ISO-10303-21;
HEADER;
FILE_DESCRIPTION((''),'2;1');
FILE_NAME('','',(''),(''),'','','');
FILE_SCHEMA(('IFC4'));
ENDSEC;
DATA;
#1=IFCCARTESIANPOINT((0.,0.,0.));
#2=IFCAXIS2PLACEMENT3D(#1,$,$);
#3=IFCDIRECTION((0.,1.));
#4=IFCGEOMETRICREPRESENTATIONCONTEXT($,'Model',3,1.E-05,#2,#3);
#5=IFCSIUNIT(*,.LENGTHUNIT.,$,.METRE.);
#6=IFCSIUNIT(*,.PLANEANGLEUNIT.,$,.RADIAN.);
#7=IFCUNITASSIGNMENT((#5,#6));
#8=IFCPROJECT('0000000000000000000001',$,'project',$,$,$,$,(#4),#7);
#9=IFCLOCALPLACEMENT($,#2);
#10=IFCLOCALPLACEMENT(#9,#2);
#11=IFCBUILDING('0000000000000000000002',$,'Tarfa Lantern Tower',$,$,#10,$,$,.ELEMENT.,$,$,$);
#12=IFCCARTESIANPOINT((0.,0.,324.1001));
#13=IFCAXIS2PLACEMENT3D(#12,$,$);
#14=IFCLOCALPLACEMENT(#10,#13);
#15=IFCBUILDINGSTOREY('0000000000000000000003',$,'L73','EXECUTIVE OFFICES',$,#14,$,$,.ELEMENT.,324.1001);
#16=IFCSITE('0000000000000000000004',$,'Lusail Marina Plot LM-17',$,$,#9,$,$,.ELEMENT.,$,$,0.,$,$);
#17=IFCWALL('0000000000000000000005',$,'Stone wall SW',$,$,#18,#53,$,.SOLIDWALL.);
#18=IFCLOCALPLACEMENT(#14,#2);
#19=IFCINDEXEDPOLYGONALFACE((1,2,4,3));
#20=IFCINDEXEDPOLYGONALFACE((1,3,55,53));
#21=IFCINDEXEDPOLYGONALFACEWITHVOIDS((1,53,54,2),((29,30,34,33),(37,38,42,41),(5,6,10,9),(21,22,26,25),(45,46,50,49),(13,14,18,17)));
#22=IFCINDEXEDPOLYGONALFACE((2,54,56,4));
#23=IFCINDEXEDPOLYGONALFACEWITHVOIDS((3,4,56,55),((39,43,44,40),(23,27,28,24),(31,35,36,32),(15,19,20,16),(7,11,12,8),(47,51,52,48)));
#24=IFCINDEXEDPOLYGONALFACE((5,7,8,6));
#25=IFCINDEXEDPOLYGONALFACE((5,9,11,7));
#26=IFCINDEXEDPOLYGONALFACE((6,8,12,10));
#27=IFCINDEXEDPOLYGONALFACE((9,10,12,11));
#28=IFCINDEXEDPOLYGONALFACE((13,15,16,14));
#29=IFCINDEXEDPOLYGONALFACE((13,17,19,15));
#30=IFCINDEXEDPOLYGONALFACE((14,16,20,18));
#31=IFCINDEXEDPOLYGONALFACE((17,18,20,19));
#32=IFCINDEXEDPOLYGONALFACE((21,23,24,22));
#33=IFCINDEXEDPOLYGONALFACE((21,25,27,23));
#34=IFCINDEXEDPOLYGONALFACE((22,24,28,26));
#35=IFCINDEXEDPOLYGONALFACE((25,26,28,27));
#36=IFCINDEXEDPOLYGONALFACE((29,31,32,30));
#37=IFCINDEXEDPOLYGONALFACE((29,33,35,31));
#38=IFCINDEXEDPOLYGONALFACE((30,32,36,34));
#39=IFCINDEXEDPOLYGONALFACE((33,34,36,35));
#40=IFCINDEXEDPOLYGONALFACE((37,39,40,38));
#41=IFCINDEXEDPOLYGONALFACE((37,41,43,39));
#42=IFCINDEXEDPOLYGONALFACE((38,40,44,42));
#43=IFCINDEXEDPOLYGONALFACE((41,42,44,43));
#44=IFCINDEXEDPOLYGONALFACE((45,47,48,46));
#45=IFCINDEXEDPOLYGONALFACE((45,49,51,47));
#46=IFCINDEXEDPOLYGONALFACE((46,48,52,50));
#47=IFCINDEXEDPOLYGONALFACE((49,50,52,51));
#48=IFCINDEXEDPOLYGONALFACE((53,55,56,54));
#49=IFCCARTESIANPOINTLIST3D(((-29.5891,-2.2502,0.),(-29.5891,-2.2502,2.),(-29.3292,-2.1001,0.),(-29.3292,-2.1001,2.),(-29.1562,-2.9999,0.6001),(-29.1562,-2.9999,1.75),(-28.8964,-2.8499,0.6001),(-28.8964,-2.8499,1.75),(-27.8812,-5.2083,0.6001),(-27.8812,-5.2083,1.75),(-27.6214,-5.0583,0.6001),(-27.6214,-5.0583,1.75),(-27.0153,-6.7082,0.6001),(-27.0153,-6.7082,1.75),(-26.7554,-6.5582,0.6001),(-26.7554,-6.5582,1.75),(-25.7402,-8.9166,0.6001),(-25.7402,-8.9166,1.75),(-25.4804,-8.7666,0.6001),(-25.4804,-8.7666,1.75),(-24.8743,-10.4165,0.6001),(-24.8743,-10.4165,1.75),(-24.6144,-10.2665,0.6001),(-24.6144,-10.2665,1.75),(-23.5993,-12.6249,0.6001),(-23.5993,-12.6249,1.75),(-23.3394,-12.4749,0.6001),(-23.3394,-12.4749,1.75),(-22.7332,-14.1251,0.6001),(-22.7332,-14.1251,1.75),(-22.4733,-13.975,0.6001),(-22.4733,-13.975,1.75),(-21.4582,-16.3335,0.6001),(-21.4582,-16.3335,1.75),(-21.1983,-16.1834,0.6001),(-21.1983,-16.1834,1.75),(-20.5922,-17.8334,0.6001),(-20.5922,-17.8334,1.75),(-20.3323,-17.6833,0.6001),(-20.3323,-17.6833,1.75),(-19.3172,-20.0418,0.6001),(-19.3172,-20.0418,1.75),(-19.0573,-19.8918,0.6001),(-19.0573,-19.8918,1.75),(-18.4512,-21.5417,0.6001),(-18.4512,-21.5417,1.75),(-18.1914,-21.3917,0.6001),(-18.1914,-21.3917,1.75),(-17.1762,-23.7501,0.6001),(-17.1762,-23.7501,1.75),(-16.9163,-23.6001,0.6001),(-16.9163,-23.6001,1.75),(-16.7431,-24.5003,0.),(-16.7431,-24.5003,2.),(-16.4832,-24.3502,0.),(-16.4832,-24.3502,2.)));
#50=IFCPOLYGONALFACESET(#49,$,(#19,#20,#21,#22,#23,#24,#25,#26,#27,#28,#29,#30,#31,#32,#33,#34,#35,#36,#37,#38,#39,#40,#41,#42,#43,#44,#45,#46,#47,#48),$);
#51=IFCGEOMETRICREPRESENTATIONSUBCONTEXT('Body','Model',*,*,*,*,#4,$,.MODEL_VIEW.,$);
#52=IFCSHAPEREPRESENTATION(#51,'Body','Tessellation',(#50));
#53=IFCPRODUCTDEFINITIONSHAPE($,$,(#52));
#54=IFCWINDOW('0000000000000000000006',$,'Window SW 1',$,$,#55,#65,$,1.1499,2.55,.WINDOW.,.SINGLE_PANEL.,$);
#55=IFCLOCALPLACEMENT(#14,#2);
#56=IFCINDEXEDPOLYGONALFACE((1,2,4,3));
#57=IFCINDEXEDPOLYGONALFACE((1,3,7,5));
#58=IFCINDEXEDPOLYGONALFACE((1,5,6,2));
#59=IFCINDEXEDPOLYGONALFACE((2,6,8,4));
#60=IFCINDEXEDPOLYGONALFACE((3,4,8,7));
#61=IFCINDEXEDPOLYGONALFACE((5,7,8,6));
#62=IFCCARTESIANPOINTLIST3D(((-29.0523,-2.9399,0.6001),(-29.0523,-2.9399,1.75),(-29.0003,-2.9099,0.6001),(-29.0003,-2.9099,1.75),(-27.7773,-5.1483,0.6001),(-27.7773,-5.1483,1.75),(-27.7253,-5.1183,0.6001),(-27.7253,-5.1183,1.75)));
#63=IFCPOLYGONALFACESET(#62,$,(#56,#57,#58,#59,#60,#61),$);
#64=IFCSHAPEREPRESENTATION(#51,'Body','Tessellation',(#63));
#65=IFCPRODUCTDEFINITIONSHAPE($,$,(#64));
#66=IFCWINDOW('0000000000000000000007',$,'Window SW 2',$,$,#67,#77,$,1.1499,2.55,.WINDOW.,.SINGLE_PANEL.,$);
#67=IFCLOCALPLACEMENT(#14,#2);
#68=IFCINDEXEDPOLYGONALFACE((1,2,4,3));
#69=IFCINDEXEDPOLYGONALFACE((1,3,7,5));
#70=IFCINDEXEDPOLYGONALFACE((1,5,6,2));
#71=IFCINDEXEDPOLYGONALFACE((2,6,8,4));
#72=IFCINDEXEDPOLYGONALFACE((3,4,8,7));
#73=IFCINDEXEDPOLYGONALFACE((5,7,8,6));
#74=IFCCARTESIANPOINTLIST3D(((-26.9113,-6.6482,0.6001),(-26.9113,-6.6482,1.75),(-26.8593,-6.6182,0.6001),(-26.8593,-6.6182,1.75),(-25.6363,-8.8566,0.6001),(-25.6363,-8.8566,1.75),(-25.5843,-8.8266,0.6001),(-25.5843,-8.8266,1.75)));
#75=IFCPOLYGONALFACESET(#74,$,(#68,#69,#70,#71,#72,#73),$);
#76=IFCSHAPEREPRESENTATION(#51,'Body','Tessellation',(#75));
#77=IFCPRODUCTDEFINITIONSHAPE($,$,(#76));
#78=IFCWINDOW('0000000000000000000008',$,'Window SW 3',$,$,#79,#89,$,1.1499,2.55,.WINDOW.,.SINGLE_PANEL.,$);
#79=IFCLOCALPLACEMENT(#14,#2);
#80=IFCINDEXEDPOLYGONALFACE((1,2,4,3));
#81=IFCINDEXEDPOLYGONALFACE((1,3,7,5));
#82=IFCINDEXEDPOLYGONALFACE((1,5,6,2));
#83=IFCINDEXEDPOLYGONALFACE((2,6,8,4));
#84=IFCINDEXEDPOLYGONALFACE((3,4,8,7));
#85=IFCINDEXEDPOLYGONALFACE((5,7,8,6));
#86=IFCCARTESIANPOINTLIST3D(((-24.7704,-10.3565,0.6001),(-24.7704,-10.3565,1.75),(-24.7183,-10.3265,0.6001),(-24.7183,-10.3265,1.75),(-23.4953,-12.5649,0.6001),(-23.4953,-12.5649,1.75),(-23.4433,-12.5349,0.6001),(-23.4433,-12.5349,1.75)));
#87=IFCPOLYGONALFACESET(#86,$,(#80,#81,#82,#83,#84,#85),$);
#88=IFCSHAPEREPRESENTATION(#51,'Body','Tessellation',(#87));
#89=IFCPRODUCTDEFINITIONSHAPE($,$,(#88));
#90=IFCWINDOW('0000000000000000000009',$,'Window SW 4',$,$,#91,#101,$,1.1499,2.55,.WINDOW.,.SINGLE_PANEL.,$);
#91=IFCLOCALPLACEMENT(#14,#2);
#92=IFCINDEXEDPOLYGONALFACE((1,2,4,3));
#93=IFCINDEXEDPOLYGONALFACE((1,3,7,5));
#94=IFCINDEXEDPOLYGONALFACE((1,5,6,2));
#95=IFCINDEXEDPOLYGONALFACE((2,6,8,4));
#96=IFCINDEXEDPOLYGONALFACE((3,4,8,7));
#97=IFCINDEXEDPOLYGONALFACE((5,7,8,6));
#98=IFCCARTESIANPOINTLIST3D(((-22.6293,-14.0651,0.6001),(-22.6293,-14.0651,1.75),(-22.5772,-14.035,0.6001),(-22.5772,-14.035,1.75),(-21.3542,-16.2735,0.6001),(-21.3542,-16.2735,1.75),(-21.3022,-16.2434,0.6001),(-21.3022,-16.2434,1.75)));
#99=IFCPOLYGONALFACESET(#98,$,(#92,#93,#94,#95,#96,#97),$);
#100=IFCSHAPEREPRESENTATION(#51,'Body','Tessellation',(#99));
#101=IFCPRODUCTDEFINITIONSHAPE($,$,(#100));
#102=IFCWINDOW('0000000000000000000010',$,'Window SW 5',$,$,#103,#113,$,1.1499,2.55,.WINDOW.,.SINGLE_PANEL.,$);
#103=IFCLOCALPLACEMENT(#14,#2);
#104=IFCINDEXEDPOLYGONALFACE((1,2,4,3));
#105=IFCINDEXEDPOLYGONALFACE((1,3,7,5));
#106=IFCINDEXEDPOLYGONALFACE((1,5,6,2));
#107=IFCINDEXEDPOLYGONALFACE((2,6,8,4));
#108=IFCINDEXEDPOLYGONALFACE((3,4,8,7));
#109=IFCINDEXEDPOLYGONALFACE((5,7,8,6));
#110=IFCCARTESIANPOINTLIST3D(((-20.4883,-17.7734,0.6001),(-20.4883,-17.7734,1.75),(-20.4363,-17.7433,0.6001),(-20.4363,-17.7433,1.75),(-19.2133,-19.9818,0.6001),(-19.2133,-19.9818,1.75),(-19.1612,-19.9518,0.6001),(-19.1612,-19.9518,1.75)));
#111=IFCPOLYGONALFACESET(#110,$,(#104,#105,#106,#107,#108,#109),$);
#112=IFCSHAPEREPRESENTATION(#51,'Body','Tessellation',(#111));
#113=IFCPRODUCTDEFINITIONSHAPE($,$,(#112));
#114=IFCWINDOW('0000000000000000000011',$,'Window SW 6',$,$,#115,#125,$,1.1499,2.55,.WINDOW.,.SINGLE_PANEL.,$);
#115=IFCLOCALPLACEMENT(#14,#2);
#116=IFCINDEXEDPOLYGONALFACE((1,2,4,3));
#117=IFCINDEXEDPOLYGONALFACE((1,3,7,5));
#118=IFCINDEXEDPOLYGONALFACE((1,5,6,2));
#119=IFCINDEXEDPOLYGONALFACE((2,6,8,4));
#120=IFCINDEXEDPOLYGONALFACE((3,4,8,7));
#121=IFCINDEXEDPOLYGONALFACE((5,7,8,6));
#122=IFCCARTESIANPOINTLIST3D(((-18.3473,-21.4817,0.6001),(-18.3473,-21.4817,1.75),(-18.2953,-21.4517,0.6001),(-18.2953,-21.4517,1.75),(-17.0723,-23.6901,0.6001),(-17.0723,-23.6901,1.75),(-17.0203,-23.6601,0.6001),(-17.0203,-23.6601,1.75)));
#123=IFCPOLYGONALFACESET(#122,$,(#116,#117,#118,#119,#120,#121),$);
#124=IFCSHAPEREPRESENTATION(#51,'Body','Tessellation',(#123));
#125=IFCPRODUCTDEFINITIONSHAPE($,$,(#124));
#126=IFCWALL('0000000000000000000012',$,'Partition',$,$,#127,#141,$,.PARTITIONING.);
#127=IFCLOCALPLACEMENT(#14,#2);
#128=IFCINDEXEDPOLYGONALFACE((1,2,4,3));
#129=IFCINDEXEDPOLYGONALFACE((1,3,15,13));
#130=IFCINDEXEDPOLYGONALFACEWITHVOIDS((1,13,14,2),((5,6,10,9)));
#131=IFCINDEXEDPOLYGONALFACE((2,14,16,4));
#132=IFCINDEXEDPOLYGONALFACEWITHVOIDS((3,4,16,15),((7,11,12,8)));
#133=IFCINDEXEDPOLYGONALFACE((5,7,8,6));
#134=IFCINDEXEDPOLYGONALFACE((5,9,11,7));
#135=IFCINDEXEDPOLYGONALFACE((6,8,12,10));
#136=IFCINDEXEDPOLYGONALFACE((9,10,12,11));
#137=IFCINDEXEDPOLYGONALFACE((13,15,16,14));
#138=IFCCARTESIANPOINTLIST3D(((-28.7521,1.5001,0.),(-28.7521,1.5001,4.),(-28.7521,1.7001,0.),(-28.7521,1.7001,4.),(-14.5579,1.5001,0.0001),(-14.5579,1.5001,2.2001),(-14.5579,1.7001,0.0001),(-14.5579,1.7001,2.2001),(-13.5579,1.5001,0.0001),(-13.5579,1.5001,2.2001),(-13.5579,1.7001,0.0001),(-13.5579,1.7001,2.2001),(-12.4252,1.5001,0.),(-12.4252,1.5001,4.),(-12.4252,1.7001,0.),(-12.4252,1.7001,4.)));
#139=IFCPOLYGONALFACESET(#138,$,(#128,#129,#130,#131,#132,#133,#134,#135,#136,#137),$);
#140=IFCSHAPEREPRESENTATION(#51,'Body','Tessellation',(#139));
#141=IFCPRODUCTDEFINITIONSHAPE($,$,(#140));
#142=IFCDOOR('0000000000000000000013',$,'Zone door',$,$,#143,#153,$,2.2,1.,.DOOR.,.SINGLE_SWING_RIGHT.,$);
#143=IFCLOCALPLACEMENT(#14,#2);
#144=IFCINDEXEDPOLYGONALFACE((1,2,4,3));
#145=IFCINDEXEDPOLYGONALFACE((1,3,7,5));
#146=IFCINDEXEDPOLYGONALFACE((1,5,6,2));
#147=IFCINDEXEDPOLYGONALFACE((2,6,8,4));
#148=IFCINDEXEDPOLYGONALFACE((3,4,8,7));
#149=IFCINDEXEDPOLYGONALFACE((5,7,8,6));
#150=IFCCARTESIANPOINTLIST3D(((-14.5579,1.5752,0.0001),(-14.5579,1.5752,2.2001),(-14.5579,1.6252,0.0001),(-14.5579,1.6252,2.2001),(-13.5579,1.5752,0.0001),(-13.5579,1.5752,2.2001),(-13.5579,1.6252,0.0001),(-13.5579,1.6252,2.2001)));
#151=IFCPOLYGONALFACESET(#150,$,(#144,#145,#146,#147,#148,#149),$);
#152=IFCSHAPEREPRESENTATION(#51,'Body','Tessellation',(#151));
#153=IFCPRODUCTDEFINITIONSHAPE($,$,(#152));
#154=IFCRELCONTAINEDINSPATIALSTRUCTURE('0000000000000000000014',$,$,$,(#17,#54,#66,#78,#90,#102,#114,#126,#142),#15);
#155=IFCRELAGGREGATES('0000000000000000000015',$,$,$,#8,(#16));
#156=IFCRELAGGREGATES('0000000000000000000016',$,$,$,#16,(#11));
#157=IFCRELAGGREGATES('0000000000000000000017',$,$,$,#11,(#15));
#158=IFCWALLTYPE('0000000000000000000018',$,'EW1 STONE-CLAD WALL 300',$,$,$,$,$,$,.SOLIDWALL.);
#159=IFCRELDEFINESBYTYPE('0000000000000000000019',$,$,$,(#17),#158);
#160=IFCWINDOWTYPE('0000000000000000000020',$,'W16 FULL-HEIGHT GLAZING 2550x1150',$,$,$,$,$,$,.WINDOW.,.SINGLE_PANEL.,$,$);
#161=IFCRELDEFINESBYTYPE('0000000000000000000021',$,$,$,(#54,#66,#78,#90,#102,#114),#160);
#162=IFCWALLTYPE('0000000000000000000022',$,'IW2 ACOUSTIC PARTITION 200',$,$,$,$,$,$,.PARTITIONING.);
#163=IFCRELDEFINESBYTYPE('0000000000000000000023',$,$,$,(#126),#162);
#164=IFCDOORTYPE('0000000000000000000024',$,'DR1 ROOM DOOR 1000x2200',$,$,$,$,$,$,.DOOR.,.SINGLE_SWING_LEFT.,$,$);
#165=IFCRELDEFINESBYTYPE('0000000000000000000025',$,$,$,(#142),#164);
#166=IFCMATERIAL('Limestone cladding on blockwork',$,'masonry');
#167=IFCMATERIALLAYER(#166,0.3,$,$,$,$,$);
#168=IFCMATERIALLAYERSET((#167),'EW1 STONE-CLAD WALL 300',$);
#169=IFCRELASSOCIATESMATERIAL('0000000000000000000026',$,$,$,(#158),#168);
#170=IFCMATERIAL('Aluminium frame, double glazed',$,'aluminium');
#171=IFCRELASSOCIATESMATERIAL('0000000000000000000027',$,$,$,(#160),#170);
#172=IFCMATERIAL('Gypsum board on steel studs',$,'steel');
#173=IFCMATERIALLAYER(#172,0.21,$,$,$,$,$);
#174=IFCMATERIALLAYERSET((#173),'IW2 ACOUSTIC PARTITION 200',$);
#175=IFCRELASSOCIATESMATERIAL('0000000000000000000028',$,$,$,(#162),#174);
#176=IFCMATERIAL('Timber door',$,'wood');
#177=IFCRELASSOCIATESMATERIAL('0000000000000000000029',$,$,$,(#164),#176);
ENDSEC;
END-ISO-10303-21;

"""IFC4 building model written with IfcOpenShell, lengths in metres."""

from ifc_helpers import new_model, si_unit, direction, frame, frame_2d, origin, place, context, subcontext, project, spatial, rectangle, extrude, material, layer, layer_set, type_object, element, fill, save


model = new_model("IFC4")

# Units and contexts
model_context = context("Model", 3, precision=1e-05, world=origin(), true_north=direction((0.0, 1.0)))
body_context = subcontext(model_context, "Body", "Model", "MODEL_VIEW")
ifc_project = project(units=[si_unit("LENGTHUNIT", "METRE"), si_unit("PLANEANGLEUNIT", "RADIAN")], contexts=[model_context])

# Site, building, storey
site_placement = place(None, origin())
site = spatial("IfcSite", under=ifc_project, at=site_placement, Name="Lusail Marina Plot LM-17", CompositionType="ELEMENT", RefElevation=0.0)
building_placement = place(site_placement, origin())
building = spatial("IfcBuilding", under=site, at=building_placement, Name="Tarfa Lantern Tower", CompositionType="ELEMENT")
storey_placement = place(building_placement, frame((0.0, 0.0, 324.1001)))
storey = spatial("IfcBuildingStorey", under=building, at=storey_placement, Name="L73", Description="EXECUTIVE OFFICES", CompositionType="ELEMENT", Elevation=324.1001)

# Wall, openings, windows
ifc_material_1 = material(Name="Limestone cladding on blockwork", Category="masonry")
ifc_layer_1 = layer(ifc_material_1, 0.3)
ifc_layer_set_1 = layer_set([ifc_layer_1], Name="EW1 STONE-CLAD WALL 300")
wall_type_1 = type_object("IfcWallType", Name="EW1 STONE-CLAD WALL 300", PredefinedType="SOLIDWALL", material=ifc_layer_set_1)
wall_1_placement = place(storey_placement, frame((-29.4592, -2.175, 0.0), z_axis=(0.0, 0.0, 1.0), x_axis=(0.499997, -0.866027, 0.0)))
wall_1 = element("IfcWall", 1, at=wall_1_placement, inside=storey, type_object=wall_type_1, Name="Stone wall SW", PredefinedType="SOLIDWALL", context=body_context, shape_type="SweptSolid", body=[
    extrude(rectangle(XDim=25.6921, YDim=0.3, at=frame_2d((12.8462, 0.0))), origin(), (0.0, 0.0, 1.0), 2.0),
])
opening_1_placement = place(wall_1_placement, frame((0.866, 0.0, 0.6001)))
opening_1 = element("IfcOpeningElement", 2, at=opening_1_placement, cuts=wall_1, PredefinedType="OPENING", context=body_context, shape_type="SweptSolid", body=[
    extrude(rectangle(XDim=2.55, YDim=1.1499, at=frame_2d((1.2749, 0.575))), frame((0.0, 0.1599, 0.0), z_axis=(0.0, -1.0, 0.0), x_axis=(1.0, 0.0, 0.0)), (0.0, 0.0, 1.0), 0.3201),
])
opening_2_placement = place(wall_1_placement, frame((5.1479, 0.0, 0.6001)))
opening_2 = element("IfcOpeningElement", 3, at=opening_2_placement, cuts=wall_1, PredefinedType="OPENING", context=body_context, shape_type="SweptSolid", body=[
    extrude(rectangle(XDim=2.55, YDim=1.1499, at=frame_2d((1.2749, 0.575))), frame((0.0, 0.1599, 0.0), z_axis=(0.0, -1.0, 0.0), x_axis=(1.0, 0.0, 0.0)), (0.0, 0.0, 1.0), 0.3201),
])
opening_3_placement = place(wall_1_placement, frame((9.4299, 0.0, 0.6001)))
opening_3 = element("IfcOpeningElement", 4, at=opening_3_placement, cuts=wall_1, PredefinedType="OPENING", context=body_context, shape_type="SweptSolid", body=[
    extrude(rectangle(XDim=2.55, YDim=1.1499, at=frame_2d((1.2749, 0.575))), frame((0.0, 0.1599, 0.0), z_axis=(0.0, -1.0, 0.0), x_axis=(1.0, 0.0, 0.0)), (0.0, 0.0, 1.0), 0.3201),
])
opening_4_placement = place(wall_1_placement, frame((13.7122, 0.0, 0.6001)))
opening_4 = element("IfcOpeningElement", 5, at=opening_4_placement, cuts=wall_1, PredefinedType="OPENING", context=body_context, shape_type="SweptSolid", body=[
    extrude(rectangle(XDim=2.55, YDim=1.1499, at=frame_2d((1.2749, 0.575))), frame((0.0, 0.1599, 0.0), z_axis=(0.0, -1.0, 0.0), x_axis=(1.0, 0.0, 0.0)), (0.0, 0.0, 1.0), 0.3201),
])
opening_5_placement = place(wall_1_placement, frame((17.9941, 0.0, 0.6001)))
opening_5 = element("IfcOpeningElement", 6, at=opening_5_placement, cuts=wall_1, PredefinedType="OPENING", context=body_context, shape_type="SweptSolid", body=[
    extrude(rectangle(XDim=2.55, YDim=1.1499, at=frame_2d((1.2749, 0.575))), frame((0.0, 0.1599, 0.0), z_axis=(0.0, -1.0, 0.0), x_axis=(1.0, 0.0, 0.0)), (0.0, 0.0, 1.0), 0.3201),
])
opening_6_placement = place(wall_1_placement, frame((22.2761, 0.0, 0.6001)))
opening_6 = element("IfcOpeningElement", 7, at=opening_6_placement, cuts=wall_1, PredefinedType="OPENING", context=body_context, shape_type="SweptSolid", body=[
    extrude(rectangle(XDim=2.55, YDim=1.1499, at=frame_2d((1.2749, 0.575))), frame((0.0, 0.1599, 0.0), z_axis=(0.0, -1.0, 0.0), x_axis=(1.0, 0.0, 0.0)), (0.0, 0.0, 1.0), 0.3201),
])
ifc_material_2 = material(Name="Aluminium frame, double glazed", Category="aluminium")
window_type = type_object("IfcWindowType", Name="W16 FULL-HEIGHT GLAZING 2550x1150", PartitioningType="SINGLE_PANEL", PredefinedType="WINDOW", material=ifc_material_2)
window_1_placement = place(opening_1_placement, origin())
window_1 = element("IfcWindow", 8, at=window_1_placement, inside=storey, type_object=window_type, Name="Window SW 1", OverallHeight=1.1499, OverallWidth=2.55, PartitioningType="SINGLE_PANEL", PredefinedType="WINDOW", context=body_context, shape_type="SweptSolid", body=[
    extrude(rectangle(XDim=2.55, YDim=1.1499, at=frame_2d((1.2749, 0.575))), frame((0.0, 0.03, 0.0), z_axis=(0.0, -1.0, 0.0), x_axis=(1.0, 0.0, 0.0)), (0.0, 0.0, 1.0), 0.0601),
])
fill(opening_1, window_1)
window_2_placement = place(opening_2_placement, origin())
window_2 = element("IfcWindow", 9, at=window_2_placement, inside=storey, type_object=window_type, Name="Window SW 2", OverallHeight=1.1499, OverallWidth=2.55, PartitioningType="SINGLE_PANEL", PredefinedType="WINDOW", context=body_context, shape_type="SweptSolid", body=[
    extrude(rectangle(XDim=2.55, YDim=1.1499, at=frame_2d((1.2749, 0.575))), frame((0.0, 0.03, 0.0), z_axis=(0.0, -1.0, 0.0), x_axis=(1.0, 0.0, 0.0)), (0.0, 0.0, 1.0), 0.0601),
])
fill(opening_2, window_2)
window_3_placement = place(opening_3_placement, origin())
window_3 = element("IfcWindow", 10, at=window_3_placement, inside=storey, type_object=window_type, Name="Window SW 3", OverallHeight=1.1499, OverallWidth=2.55, PartitioningType="SINGLE_PANEL", PredefinedType="WINDOW", context=body_context, shape_type="SweptSolid", body=[
    extrude(rectangle(XDim=2.55, YDim=1.1499, at=frame_2d((1.2749, 0.575))), frame((0.0, 0.03, 0.0), z_axis=(0.0, -1.0, 0.0), x_axis=(1.0, 0.0, 0.0)), (0.0, 0.0, 1.0), 0.0601),
])
fill(opening_3, window_3)
window_4_placement = place(opening_4_placement, origin())
window_4 = element("IfcWindow", 11, at=window_4_placement, inside=storey, type_object=window_type, Name="Window SW 4", OverallHeight=1.1499, OverallWidth=2.55, PartitioningType="SINGLE_PANEL", PredefinedType="WINDOW", context=body_context, shape_type="SweptSolid", body=[
    extrude(rectangle(XDim=2.55, YDim=1.1499, at=frame_2d((1.2749, 0.575))), frame((0.0, 0.03, 0.0), z_axis=(0.0, -1.0, 0.0), x_axis=(1.0, 0.0, 0.0)), (0.0, 0.0, 1.0), 0.0601),
])
fill(opening_4, window_4)
window_5_placement = place(opening_5_placement, origin())
window_5 = element("IfcWindow", 12, at=window_5_placement, inside=storey, type_object=window_type, Name="Window SW 5", OverallHeight=1.1499, OverallWidth=2.55, PartitioningType="SINGLE_PANEL", PredefinedType="WINDOW", context=body_context, shape_type="SweptSolid", body=[
    extrude(rectangle(XDim=2.55, YDim=1.1499, at=frame_2d((1.2749, 0.575))), frame((0.0, 0.03, 0.0), z_axis=(0.0, -1.0, 0.0), x_axis=(1.0, 0.0, 0.0)), (0.0, 0.0, 1.0), 0.0601),
])
fill(opening_5, window_5)
window_6_placement = place(opening_6_placement, origin())
window_6 = element("IfcWindow", 13, at=window_6_placement, inside=storey, type_object=window_type, Name="Window SW 6", OverallHeight=1.1499, OverallWidth=2.55, PartitioningType="SINGLE_PANEL", PredefinedType="WINDOW", context=body_context, shape_type="SweptSolid", body=[
    extrude(rectangle(XDim=2.55, YDim=1.1499, at=frame_2d((1.2749, 0.575))), frame((0.0, 0.03, 0.0), z_axis=(0.0, -1.0, 0.0), x_axis=(1.0, 0.0, 0.0)), (0.0, 0.0, 1.0), 0.0601),
])
fill(opening_6, window_6)

# Wall, opening, door
ifc_material_3 = material(Name="Gypsum board on steel studs", Category="steel")
ifc_layer_2 = layer(ifc_material_3, 0.21)
ifc_layer_set_2 = layer_set([ifc_layer_2], Name="IW2 ACOUSTIC PARTITION 200")
wall_type_2 = type_object("IfcWallType", Name="IW2 ACOUSTIC PARTITION 200", PredefinedType="PARTITIONING", material=ifc_layer_set_2)
wall_2_placement = place(storey_placement, frame((-12.425, 1.6001, 0.0), z_axis=(0.0, 0.0, 1.0), x_axis=(-1.0, 0.0, 0.0)))
wall_2 = element("IfcWall", 14, at=wall_2_placement, inside=storey, type_object=wall_type_2, Name="Partition", PredefinedType="PARTITIONING", context=body_context, shape_type="SweptSolid", body=[
    extrude(rectangle(XDim=16.3269, YDim=0.2, at=frame_2d((8.1636, 0.0))), origin(), (0.0, 0.0, 1.0), 4.0),
])
opening_7_placement = place(wall_2_placement, frame((1.1328, 0.0, 0.0)))
opening_7 = element("IfcOpeningElement", 15, at=opening_7_placement, cuts=wall_2, PredefinedType="OPENING", context=body_context, shape_type="SweptSolid", body=[
    extrude(rectangle(XDim=1.0, YDim=2.2, at=frame_2d((0.5, 1.1001))), frame((0.0, 0.1099, 0.0), z_axis=(0.0, -1.0, 0.0), x_axis=(1.0, 0.0, 0.0)), (0.0, 0.0, 1.0), 0.22),
])
ifc_material_4 = material(Name="Timber door", Category="wood")
door_type_1 = type_object("IfcDoorType", Name="DR1 ROOM DOOR 1000x2200", OperationType="SINGLE_SWING_LEFT", PredefinedType="DOOR", material=ifc_material_4)
door_1_placement = place(opening_7_placement, origin())
door_1 = element("IfcDoor", 16, at=door_1_placement, inside=storey, type_object=door_type_1, Name="Zone door", OperationType="SINGLE_SWING_RIGHT", OverallHeight=2.2, OverallWidth=1.0, PredefinedType="DOOR", context=body_context, shape_type="SweptSolid", body=[
    extrude(rectangle(XDim=1.0, YDim=2.2, at=frame_2d((0.5, 1.1001))), frame((0.0, 0.0249, 0.0), z_axis=(0.0, -1.0, 0.0), x_axis=(1.0, 0.0, 0.0)), (0.0, 0.0, 1.0), 0.05),
])
fill(opening_7, door_1)

save(model, "model.ifc")
